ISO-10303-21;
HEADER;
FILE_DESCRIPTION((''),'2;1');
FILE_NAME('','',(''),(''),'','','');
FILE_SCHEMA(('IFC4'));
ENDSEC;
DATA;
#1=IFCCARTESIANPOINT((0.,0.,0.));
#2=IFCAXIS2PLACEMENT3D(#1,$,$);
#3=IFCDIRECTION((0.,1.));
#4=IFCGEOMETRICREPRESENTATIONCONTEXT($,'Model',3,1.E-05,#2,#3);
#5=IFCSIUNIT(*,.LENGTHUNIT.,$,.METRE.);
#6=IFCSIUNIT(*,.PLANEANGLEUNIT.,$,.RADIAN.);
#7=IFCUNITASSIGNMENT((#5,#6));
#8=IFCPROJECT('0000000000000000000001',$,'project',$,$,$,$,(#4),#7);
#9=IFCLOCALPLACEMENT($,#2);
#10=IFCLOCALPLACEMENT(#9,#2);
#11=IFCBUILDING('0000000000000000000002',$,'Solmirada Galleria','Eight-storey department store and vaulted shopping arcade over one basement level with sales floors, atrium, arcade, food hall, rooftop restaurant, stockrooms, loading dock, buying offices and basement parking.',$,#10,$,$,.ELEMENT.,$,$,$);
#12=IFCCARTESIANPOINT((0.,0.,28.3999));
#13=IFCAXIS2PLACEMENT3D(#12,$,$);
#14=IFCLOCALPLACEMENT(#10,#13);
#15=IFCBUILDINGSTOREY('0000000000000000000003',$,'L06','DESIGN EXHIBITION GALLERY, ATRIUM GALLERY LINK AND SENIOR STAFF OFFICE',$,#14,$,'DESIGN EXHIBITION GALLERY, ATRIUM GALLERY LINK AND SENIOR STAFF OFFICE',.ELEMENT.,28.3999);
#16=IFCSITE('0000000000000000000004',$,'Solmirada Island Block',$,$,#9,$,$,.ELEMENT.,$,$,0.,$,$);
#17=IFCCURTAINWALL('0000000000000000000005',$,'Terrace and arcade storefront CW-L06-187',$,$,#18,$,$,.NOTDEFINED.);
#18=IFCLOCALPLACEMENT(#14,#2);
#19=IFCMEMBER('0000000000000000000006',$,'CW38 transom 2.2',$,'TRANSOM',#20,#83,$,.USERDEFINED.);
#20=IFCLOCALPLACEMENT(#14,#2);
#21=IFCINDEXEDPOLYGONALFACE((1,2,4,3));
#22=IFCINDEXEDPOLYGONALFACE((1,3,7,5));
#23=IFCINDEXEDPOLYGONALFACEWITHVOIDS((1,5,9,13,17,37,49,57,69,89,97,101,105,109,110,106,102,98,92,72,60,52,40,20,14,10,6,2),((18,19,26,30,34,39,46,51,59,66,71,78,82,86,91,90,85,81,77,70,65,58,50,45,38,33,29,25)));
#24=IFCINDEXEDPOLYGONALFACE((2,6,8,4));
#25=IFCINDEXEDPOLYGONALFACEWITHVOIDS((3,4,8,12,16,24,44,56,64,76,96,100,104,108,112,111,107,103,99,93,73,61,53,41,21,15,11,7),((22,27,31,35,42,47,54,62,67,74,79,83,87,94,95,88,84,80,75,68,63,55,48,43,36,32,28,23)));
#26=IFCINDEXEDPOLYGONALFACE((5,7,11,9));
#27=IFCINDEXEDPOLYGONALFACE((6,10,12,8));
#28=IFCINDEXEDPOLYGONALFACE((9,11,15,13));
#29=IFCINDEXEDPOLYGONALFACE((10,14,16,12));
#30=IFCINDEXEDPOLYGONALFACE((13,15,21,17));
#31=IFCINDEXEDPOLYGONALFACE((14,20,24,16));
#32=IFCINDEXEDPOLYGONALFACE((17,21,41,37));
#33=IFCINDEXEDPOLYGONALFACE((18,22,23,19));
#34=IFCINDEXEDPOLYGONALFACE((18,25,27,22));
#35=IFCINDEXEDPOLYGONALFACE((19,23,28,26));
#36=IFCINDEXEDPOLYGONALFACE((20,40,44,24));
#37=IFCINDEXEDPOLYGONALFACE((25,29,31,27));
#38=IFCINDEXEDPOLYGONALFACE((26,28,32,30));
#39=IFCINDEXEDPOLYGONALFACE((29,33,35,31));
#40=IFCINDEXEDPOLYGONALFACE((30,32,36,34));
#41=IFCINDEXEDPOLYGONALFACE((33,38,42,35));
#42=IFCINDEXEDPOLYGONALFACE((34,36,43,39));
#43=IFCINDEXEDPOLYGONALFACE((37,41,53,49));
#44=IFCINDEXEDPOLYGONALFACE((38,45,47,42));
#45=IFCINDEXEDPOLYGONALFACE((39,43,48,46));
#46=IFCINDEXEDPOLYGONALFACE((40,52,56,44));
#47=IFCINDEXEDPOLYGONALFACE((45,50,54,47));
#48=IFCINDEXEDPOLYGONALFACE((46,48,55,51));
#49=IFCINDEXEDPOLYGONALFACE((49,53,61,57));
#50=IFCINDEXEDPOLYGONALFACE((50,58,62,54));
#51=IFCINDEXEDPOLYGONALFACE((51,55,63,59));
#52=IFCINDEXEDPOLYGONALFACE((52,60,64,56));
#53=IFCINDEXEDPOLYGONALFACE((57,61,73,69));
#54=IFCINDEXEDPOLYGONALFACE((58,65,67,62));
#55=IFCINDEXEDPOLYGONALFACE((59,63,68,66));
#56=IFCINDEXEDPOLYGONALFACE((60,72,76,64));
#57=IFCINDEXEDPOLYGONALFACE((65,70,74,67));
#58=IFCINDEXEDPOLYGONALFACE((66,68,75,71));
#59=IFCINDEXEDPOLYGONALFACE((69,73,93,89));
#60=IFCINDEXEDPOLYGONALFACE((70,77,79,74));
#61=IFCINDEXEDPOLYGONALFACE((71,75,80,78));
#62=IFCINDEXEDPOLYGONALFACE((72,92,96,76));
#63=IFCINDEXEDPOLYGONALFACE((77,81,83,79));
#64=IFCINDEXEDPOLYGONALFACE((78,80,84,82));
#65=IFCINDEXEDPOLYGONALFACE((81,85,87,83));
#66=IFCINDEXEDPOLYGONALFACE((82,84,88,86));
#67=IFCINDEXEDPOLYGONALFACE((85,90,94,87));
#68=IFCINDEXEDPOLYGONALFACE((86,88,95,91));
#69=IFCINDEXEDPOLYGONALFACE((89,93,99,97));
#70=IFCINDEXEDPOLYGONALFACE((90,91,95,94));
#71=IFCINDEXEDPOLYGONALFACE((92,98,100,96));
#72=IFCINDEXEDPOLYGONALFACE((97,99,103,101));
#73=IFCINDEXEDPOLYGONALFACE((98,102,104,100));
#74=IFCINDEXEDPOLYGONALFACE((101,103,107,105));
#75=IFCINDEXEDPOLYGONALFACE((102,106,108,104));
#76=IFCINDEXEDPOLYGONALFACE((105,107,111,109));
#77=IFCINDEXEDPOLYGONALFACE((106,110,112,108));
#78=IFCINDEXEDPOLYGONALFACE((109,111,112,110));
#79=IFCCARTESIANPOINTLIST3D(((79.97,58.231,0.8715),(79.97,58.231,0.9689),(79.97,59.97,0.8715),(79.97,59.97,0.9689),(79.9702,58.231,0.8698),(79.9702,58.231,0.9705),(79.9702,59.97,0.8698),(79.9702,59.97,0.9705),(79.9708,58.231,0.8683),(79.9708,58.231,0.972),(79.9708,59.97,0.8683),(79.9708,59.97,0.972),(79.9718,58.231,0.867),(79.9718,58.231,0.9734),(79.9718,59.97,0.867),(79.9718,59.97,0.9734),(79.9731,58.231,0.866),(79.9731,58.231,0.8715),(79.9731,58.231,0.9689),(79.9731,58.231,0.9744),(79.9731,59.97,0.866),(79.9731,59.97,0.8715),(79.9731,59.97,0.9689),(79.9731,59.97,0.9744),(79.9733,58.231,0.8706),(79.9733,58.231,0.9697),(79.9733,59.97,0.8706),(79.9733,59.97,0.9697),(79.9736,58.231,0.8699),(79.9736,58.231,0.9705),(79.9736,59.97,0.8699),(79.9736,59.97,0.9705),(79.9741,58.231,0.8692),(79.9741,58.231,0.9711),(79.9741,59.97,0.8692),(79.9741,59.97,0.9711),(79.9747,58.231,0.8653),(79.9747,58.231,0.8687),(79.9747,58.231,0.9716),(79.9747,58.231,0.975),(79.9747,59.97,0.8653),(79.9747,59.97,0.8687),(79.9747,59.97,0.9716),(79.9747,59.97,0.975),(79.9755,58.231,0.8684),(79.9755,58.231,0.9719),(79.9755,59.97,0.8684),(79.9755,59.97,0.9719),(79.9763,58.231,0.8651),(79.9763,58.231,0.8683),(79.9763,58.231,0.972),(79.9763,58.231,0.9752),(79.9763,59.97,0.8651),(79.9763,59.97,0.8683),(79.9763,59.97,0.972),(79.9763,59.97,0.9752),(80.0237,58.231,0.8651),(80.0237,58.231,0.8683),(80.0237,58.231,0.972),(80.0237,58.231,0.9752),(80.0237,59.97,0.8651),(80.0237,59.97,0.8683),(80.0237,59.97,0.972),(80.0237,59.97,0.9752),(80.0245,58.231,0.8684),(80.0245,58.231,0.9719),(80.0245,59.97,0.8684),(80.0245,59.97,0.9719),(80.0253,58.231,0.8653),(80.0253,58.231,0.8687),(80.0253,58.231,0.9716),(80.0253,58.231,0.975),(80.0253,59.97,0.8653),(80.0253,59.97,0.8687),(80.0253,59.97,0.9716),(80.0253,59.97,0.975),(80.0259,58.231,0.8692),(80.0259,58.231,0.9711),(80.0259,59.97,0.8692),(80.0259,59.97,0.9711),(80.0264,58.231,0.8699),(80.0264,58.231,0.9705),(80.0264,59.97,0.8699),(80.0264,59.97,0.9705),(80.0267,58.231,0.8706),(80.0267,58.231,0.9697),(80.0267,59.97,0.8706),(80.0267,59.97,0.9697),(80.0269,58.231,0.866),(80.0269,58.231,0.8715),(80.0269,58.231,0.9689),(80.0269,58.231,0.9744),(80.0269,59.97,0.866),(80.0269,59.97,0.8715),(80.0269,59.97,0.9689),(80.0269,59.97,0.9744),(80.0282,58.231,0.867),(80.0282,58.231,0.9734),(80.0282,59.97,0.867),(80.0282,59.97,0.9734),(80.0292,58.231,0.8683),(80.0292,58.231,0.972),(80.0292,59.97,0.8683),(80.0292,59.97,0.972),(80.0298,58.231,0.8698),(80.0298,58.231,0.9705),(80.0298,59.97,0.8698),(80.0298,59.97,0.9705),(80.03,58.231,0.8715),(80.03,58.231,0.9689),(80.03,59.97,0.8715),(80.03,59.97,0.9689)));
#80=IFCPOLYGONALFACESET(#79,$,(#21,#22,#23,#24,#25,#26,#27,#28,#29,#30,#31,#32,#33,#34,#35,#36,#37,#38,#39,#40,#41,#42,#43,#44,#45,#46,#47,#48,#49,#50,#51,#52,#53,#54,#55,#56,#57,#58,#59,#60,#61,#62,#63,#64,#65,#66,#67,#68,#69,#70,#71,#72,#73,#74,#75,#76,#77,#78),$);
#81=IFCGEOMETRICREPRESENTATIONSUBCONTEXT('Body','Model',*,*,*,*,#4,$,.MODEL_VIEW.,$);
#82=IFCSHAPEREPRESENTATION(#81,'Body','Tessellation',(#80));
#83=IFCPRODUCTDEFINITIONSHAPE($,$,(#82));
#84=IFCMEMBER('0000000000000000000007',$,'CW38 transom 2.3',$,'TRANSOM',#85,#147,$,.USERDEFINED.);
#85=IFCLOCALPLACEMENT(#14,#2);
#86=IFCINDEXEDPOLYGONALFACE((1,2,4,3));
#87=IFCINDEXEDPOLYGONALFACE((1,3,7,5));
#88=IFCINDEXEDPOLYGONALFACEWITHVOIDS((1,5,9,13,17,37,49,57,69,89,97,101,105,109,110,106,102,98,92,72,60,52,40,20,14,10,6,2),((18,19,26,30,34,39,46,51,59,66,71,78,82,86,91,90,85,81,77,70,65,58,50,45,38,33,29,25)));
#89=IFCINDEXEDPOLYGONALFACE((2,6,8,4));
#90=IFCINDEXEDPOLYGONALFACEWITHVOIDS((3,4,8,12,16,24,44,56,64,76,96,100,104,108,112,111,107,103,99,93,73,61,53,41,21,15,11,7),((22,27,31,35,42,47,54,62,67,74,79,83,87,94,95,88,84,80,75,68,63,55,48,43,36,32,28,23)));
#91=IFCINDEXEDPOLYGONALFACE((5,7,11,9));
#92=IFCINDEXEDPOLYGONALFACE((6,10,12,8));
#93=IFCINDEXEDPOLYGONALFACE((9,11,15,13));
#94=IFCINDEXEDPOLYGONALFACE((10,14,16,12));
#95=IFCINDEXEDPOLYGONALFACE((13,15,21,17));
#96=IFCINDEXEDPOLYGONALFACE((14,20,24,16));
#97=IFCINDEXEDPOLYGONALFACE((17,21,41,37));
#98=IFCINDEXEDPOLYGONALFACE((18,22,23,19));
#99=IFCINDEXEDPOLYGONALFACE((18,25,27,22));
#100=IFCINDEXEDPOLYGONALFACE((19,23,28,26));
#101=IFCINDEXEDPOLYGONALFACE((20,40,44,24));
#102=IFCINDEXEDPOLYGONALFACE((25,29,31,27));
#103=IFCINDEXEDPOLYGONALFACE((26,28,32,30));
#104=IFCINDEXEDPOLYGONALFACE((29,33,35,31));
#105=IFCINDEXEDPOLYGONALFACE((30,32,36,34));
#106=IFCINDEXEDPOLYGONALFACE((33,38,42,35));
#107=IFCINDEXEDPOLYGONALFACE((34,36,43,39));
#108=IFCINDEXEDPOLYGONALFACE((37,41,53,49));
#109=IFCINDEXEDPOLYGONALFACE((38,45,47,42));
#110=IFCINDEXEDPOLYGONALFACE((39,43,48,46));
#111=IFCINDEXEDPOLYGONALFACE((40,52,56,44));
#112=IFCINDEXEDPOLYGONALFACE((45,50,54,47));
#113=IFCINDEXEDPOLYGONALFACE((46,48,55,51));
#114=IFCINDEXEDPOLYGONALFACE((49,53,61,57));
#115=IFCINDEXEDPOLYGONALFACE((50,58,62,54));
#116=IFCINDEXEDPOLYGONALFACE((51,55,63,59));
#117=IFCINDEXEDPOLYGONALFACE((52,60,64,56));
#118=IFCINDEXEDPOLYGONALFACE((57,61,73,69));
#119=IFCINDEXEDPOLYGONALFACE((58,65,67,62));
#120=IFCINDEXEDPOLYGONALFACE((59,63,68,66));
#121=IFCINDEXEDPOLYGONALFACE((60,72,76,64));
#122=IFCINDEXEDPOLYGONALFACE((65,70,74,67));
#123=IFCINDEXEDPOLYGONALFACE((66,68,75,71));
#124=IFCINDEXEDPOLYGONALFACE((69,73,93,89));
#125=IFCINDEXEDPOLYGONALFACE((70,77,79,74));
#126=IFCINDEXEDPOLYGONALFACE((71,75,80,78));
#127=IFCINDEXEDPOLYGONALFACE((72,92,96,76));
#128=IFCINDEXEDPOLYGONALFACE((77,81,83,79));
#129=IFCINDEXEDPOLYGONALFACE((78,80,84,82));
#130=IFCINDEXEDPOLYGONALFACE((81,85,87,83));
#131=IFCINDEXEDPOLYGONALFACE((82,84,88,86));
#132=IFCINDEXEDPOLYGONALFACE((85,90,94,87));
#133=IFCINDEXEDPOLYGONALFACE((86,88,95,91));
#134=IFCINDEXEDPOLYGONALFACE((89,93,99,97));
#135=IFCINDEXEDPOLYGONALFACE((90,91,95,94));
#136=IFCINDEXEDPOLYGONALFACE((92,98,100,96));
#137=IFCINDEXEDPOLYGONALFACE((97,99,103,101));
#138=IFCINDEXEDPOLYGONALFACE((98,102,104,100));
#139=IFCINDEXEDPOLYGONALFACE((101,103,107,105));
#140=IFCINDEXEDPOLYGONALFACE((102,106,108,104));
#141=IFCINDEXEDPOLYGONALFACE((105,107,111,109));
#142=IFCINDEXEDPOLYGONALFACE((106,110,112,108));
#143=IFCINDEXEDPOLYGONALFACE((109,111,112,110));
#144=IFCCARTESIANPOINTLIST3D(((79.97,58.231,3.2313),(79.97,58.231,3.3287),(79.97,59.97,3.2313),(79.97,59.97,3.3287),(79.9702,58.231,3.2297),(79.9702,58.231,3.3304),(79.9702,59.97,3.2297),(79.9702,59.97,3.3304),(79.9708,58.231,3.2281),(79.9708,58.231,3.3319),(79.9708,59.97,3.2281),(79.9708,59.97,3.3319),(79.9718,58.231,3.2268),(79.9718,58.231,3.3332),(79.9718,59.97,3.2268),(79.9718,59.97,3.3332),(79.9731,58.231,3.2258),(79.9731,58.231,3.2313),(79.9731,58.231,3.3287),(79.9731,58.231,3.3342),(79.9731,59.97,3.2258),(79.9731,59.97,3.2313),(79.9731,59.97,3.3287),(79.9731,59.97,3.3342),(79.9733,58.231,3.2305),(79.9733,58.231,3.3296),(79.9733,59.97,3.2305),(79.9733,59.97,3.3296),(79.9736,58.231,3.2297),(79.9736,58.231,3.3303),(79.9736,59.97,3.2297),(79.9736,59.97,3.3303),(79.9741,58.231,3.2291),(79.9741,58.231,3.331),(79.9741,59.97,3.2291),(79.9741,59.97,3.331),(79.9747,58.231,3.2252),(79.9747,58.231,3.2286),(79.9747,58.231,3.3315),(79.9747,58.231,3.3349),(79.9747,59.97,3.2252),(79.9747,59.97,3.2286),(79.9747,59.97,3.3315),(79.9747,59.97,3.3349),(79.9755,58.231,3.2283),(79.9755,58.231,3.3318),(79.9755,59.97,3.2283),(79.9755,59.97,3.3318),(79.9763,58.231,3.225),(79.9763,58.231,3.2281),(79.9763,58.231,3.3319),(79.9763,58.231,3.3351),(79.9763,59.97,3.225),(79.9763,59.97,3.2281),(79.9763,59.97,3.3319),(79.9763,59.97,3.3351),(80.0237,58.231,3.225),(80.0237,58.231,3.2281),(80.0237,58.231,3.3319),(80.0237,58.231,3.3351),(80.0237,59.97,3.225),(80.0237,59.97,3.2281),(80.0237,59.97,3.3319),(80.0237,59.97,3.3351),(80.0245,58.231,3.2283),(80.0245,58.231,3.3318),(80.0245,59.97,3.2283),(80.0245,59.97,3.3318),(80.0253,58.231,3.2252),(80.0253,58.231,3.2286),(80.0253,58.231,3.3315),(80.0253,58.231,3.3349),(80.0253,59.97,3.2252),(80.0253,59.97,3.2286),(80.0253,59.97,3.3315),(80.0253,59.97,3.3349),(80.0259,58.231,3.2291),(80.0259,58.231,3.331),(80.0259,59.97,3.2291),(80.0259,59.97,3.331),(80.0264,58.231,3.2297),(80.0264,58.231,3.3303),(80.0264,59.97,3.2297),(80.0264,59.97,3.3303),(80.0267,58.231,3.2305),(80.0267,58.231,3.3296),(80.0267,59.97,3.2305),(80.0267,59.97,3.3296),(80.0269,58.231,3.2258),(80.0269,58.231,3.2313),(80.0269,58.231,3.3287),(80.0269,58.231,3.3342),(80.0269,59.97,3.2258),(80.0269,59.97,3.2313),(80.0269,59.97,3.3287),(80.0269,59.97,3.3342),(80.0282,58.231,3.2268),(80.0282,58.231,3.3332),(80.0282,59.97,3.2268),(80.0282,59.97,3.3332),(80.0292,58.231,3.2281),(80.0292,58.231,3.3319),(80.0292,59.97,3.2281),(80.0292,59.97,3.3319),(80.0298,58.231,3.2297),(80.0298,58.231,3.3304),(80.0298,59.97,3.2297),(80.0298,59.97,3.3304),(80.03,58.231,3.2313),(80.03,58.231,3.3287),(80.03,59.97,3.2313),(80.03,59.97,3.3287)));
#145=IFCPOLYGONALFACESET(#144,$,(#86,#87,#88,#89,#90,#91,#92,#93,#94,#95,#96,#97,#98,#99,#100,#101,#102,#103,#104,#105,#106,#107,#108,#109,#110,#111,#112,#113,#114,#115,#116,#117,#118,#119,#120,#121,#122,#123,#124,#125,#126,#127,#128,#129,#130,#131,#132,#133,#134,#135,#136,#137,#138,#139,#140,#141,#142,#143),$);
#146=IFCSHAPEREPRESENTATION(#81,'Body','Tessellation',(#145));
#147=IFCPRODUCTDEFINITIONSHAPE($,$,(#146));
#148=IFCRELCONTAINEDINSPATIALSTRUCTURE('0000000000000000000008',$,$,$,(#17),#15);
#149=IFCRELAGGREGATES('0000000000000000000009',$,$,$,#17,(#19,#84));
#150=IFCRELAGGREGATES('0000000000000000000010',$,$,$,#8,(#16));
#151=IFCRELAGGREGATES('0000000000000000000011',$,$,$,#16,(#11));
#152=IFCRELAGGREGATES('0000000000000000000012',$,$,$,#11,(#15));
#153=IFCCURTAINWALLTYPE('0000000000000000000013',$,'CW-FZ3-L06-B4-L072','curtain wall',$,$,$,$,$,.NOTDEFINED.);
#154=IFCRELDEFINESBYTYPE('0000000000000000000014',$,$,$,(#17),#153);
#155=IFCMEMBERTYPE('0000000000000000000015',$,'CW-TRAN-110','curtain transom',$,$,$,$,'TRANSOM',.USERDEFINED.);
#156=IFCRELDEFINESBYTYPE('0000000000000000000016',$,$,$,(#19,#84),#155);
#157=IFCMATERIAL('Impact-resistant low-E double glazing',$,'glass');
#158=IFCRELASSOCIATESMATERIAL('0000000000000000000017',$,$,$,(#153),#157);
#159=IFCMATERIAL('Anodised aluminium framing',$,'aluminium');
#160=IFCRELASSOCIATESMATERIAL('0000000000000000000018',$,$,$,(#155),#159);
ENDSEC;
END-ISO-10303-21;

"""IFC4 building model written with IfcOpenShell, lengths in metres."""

from ifc_helpers import new_model, si_unit, direction, frame, origin, origin_2d, place, context, subcontext, project, spatial, hollow_rectangle, extrude, material, material_profile, profile_set, type_object, element, aggregate, save


model = new_model("IFC4")

# Units and contexts
model_context = context("Model", 3, precision=1e-05, world=origin(), true_north=direction((0.0, 1.0)))
body_context = subcontext(model_context, "Body", "Model", "MODEL_VIEW")
ifc_project = project(units=[si_unit("LENGTHUNIT", "METRE"), si_unit("PLANEANGLEUNIT", "RADIAN")], contexts=[model_context])

# Site, building, storey
site_placement = place(None, origin())
site = spatial("IfcSite", under=ifc_project, at=site_placement, Name="Solmirada Island Block", CompositionType="ELEMENT", RefElevation=0.0)
building_placement = place(site_placement, origin())
building = spatial("IfcBuilding", under=site, at=building_placement, Name="Solmirada Galleria", Description="Eight-storey department store and vaulted shopping arcade over one basement level with sales floors, atrium, arcade, food hall, rooftop restaurant, stockrooms, loading dock, buying offices and basement parking.", CompositionType="ELEMENT")
storey_placement = place(building_placement, frame((0.0, 0.0, 28.3999)))
storey = spatial("IfcBuildingStorey", under=building, at=storey_placement, Name="L06", Description="DESIGN EXHIBITION GALLERY, ATRIUM GALLERY LINK AND SENIOR STAFF OFFICE", LongName="DESIGN EXHIBITION GALLERY, ATRIUM GALLERY LINK AND SENIOR STAFF OFFICE", CompositionType="ELEMENT", Elevation=28.3999)

# Shared definitions
ifc_material_1 = material(Name="Impact-resistant low-E double glazing", Category="glass")
curtain_wall_type = type_object("IfcCurtainWallType", Name="CW-FZ3-L06-B4-L072", Description="curtain wall", PredefinedType="NOTDEFINED", material=ifc_material_1)
ifc_material_2 = material(Name="Anodised aluminium framing", Category="aluminium")

# Curtain wall, members
curtain_wall_1_placement = place(storey_placement, origin())
curtain_wall_1 = element("IfcCurtainWall", 1, at=curtain_wall_1_placement, inside=storey, type_object=curtain_wall_type, Name="Terrace and arcade storefront CW-L06-187", PredefinedType="NOTDEFINED")
ifc_material_profile_1 = material_profile(ifc_material_2, hollow_rectangle(XDim=0.0601, YDim=0.1101, WallThickness=0.0032, InnerFilletRadius=0.0032, OuterFilletRadius=0.0063, at=origin_2d()), Name="ALU-TRAN-110X60")
ifc_profile_set_1 = profile_set([ifc_material_profile_1], Name="Anodised aluminium framing")
member_type_1 = type_object("IfcMemberType", Name="CW-TRAN-110", Description="curtain transom", ElementType="TRANSOM", PredefinedType="USERDEFINED", material=ifc_profile_set_1)
member_1_placement = place(storey_placement, frame((80.0, 58.231, 0.9202), z_axis=(0.0, 1.0, 0.0), x_axis=(-1.0, 0.0, 0.0)))
member_1 = element("IfcMember", 2, at=member_1_placement, type_object=member_type_1, Name="CW38 transom 2.2", ObjectType="TRANSOM", PredefinedType="USERDEFINED", context=body_context, shape_type="SweptSolid", body=[
    extrude(hollow_rectangle(XDim=0.0601, YDim=0.1101, WallThickness=0.0032, InnerFilletRadius=0.0032, OuterFilletRadius=0.0063, at=origin_2d()), origin(), (0.0, 0.0, 1.0), 1.739),
])
member_2_placement = place(storey_placement, frame((80.0, 58.231, 3.28), z_axis=(0.0, 1.0, 0.0), x_axis=(-1.0, 0.0, 0.0)))
member_2 = element("IfcMember", 3, at=member_2_placement, type_object=member_type_1, Name="CW38 transom 2.3", ObjectType="TRANSOM", PredefinedType="USERDEFINED", context=body_context, shape_type="SweptSolid", body=[
    extrude(hollow_rectangle(XDim=0.0601, YDim=0.1101, WallThickness=0.0032, InnerFilletRadius=0.0032, OuterFilletRadius=0.0063, at=origin_2d()), origin(), (0.0, 0.0, 1.0), 1.739),
])

aggregate(curtain_wall_1, [member_1, member_2])

save(model, "model.ifc")
